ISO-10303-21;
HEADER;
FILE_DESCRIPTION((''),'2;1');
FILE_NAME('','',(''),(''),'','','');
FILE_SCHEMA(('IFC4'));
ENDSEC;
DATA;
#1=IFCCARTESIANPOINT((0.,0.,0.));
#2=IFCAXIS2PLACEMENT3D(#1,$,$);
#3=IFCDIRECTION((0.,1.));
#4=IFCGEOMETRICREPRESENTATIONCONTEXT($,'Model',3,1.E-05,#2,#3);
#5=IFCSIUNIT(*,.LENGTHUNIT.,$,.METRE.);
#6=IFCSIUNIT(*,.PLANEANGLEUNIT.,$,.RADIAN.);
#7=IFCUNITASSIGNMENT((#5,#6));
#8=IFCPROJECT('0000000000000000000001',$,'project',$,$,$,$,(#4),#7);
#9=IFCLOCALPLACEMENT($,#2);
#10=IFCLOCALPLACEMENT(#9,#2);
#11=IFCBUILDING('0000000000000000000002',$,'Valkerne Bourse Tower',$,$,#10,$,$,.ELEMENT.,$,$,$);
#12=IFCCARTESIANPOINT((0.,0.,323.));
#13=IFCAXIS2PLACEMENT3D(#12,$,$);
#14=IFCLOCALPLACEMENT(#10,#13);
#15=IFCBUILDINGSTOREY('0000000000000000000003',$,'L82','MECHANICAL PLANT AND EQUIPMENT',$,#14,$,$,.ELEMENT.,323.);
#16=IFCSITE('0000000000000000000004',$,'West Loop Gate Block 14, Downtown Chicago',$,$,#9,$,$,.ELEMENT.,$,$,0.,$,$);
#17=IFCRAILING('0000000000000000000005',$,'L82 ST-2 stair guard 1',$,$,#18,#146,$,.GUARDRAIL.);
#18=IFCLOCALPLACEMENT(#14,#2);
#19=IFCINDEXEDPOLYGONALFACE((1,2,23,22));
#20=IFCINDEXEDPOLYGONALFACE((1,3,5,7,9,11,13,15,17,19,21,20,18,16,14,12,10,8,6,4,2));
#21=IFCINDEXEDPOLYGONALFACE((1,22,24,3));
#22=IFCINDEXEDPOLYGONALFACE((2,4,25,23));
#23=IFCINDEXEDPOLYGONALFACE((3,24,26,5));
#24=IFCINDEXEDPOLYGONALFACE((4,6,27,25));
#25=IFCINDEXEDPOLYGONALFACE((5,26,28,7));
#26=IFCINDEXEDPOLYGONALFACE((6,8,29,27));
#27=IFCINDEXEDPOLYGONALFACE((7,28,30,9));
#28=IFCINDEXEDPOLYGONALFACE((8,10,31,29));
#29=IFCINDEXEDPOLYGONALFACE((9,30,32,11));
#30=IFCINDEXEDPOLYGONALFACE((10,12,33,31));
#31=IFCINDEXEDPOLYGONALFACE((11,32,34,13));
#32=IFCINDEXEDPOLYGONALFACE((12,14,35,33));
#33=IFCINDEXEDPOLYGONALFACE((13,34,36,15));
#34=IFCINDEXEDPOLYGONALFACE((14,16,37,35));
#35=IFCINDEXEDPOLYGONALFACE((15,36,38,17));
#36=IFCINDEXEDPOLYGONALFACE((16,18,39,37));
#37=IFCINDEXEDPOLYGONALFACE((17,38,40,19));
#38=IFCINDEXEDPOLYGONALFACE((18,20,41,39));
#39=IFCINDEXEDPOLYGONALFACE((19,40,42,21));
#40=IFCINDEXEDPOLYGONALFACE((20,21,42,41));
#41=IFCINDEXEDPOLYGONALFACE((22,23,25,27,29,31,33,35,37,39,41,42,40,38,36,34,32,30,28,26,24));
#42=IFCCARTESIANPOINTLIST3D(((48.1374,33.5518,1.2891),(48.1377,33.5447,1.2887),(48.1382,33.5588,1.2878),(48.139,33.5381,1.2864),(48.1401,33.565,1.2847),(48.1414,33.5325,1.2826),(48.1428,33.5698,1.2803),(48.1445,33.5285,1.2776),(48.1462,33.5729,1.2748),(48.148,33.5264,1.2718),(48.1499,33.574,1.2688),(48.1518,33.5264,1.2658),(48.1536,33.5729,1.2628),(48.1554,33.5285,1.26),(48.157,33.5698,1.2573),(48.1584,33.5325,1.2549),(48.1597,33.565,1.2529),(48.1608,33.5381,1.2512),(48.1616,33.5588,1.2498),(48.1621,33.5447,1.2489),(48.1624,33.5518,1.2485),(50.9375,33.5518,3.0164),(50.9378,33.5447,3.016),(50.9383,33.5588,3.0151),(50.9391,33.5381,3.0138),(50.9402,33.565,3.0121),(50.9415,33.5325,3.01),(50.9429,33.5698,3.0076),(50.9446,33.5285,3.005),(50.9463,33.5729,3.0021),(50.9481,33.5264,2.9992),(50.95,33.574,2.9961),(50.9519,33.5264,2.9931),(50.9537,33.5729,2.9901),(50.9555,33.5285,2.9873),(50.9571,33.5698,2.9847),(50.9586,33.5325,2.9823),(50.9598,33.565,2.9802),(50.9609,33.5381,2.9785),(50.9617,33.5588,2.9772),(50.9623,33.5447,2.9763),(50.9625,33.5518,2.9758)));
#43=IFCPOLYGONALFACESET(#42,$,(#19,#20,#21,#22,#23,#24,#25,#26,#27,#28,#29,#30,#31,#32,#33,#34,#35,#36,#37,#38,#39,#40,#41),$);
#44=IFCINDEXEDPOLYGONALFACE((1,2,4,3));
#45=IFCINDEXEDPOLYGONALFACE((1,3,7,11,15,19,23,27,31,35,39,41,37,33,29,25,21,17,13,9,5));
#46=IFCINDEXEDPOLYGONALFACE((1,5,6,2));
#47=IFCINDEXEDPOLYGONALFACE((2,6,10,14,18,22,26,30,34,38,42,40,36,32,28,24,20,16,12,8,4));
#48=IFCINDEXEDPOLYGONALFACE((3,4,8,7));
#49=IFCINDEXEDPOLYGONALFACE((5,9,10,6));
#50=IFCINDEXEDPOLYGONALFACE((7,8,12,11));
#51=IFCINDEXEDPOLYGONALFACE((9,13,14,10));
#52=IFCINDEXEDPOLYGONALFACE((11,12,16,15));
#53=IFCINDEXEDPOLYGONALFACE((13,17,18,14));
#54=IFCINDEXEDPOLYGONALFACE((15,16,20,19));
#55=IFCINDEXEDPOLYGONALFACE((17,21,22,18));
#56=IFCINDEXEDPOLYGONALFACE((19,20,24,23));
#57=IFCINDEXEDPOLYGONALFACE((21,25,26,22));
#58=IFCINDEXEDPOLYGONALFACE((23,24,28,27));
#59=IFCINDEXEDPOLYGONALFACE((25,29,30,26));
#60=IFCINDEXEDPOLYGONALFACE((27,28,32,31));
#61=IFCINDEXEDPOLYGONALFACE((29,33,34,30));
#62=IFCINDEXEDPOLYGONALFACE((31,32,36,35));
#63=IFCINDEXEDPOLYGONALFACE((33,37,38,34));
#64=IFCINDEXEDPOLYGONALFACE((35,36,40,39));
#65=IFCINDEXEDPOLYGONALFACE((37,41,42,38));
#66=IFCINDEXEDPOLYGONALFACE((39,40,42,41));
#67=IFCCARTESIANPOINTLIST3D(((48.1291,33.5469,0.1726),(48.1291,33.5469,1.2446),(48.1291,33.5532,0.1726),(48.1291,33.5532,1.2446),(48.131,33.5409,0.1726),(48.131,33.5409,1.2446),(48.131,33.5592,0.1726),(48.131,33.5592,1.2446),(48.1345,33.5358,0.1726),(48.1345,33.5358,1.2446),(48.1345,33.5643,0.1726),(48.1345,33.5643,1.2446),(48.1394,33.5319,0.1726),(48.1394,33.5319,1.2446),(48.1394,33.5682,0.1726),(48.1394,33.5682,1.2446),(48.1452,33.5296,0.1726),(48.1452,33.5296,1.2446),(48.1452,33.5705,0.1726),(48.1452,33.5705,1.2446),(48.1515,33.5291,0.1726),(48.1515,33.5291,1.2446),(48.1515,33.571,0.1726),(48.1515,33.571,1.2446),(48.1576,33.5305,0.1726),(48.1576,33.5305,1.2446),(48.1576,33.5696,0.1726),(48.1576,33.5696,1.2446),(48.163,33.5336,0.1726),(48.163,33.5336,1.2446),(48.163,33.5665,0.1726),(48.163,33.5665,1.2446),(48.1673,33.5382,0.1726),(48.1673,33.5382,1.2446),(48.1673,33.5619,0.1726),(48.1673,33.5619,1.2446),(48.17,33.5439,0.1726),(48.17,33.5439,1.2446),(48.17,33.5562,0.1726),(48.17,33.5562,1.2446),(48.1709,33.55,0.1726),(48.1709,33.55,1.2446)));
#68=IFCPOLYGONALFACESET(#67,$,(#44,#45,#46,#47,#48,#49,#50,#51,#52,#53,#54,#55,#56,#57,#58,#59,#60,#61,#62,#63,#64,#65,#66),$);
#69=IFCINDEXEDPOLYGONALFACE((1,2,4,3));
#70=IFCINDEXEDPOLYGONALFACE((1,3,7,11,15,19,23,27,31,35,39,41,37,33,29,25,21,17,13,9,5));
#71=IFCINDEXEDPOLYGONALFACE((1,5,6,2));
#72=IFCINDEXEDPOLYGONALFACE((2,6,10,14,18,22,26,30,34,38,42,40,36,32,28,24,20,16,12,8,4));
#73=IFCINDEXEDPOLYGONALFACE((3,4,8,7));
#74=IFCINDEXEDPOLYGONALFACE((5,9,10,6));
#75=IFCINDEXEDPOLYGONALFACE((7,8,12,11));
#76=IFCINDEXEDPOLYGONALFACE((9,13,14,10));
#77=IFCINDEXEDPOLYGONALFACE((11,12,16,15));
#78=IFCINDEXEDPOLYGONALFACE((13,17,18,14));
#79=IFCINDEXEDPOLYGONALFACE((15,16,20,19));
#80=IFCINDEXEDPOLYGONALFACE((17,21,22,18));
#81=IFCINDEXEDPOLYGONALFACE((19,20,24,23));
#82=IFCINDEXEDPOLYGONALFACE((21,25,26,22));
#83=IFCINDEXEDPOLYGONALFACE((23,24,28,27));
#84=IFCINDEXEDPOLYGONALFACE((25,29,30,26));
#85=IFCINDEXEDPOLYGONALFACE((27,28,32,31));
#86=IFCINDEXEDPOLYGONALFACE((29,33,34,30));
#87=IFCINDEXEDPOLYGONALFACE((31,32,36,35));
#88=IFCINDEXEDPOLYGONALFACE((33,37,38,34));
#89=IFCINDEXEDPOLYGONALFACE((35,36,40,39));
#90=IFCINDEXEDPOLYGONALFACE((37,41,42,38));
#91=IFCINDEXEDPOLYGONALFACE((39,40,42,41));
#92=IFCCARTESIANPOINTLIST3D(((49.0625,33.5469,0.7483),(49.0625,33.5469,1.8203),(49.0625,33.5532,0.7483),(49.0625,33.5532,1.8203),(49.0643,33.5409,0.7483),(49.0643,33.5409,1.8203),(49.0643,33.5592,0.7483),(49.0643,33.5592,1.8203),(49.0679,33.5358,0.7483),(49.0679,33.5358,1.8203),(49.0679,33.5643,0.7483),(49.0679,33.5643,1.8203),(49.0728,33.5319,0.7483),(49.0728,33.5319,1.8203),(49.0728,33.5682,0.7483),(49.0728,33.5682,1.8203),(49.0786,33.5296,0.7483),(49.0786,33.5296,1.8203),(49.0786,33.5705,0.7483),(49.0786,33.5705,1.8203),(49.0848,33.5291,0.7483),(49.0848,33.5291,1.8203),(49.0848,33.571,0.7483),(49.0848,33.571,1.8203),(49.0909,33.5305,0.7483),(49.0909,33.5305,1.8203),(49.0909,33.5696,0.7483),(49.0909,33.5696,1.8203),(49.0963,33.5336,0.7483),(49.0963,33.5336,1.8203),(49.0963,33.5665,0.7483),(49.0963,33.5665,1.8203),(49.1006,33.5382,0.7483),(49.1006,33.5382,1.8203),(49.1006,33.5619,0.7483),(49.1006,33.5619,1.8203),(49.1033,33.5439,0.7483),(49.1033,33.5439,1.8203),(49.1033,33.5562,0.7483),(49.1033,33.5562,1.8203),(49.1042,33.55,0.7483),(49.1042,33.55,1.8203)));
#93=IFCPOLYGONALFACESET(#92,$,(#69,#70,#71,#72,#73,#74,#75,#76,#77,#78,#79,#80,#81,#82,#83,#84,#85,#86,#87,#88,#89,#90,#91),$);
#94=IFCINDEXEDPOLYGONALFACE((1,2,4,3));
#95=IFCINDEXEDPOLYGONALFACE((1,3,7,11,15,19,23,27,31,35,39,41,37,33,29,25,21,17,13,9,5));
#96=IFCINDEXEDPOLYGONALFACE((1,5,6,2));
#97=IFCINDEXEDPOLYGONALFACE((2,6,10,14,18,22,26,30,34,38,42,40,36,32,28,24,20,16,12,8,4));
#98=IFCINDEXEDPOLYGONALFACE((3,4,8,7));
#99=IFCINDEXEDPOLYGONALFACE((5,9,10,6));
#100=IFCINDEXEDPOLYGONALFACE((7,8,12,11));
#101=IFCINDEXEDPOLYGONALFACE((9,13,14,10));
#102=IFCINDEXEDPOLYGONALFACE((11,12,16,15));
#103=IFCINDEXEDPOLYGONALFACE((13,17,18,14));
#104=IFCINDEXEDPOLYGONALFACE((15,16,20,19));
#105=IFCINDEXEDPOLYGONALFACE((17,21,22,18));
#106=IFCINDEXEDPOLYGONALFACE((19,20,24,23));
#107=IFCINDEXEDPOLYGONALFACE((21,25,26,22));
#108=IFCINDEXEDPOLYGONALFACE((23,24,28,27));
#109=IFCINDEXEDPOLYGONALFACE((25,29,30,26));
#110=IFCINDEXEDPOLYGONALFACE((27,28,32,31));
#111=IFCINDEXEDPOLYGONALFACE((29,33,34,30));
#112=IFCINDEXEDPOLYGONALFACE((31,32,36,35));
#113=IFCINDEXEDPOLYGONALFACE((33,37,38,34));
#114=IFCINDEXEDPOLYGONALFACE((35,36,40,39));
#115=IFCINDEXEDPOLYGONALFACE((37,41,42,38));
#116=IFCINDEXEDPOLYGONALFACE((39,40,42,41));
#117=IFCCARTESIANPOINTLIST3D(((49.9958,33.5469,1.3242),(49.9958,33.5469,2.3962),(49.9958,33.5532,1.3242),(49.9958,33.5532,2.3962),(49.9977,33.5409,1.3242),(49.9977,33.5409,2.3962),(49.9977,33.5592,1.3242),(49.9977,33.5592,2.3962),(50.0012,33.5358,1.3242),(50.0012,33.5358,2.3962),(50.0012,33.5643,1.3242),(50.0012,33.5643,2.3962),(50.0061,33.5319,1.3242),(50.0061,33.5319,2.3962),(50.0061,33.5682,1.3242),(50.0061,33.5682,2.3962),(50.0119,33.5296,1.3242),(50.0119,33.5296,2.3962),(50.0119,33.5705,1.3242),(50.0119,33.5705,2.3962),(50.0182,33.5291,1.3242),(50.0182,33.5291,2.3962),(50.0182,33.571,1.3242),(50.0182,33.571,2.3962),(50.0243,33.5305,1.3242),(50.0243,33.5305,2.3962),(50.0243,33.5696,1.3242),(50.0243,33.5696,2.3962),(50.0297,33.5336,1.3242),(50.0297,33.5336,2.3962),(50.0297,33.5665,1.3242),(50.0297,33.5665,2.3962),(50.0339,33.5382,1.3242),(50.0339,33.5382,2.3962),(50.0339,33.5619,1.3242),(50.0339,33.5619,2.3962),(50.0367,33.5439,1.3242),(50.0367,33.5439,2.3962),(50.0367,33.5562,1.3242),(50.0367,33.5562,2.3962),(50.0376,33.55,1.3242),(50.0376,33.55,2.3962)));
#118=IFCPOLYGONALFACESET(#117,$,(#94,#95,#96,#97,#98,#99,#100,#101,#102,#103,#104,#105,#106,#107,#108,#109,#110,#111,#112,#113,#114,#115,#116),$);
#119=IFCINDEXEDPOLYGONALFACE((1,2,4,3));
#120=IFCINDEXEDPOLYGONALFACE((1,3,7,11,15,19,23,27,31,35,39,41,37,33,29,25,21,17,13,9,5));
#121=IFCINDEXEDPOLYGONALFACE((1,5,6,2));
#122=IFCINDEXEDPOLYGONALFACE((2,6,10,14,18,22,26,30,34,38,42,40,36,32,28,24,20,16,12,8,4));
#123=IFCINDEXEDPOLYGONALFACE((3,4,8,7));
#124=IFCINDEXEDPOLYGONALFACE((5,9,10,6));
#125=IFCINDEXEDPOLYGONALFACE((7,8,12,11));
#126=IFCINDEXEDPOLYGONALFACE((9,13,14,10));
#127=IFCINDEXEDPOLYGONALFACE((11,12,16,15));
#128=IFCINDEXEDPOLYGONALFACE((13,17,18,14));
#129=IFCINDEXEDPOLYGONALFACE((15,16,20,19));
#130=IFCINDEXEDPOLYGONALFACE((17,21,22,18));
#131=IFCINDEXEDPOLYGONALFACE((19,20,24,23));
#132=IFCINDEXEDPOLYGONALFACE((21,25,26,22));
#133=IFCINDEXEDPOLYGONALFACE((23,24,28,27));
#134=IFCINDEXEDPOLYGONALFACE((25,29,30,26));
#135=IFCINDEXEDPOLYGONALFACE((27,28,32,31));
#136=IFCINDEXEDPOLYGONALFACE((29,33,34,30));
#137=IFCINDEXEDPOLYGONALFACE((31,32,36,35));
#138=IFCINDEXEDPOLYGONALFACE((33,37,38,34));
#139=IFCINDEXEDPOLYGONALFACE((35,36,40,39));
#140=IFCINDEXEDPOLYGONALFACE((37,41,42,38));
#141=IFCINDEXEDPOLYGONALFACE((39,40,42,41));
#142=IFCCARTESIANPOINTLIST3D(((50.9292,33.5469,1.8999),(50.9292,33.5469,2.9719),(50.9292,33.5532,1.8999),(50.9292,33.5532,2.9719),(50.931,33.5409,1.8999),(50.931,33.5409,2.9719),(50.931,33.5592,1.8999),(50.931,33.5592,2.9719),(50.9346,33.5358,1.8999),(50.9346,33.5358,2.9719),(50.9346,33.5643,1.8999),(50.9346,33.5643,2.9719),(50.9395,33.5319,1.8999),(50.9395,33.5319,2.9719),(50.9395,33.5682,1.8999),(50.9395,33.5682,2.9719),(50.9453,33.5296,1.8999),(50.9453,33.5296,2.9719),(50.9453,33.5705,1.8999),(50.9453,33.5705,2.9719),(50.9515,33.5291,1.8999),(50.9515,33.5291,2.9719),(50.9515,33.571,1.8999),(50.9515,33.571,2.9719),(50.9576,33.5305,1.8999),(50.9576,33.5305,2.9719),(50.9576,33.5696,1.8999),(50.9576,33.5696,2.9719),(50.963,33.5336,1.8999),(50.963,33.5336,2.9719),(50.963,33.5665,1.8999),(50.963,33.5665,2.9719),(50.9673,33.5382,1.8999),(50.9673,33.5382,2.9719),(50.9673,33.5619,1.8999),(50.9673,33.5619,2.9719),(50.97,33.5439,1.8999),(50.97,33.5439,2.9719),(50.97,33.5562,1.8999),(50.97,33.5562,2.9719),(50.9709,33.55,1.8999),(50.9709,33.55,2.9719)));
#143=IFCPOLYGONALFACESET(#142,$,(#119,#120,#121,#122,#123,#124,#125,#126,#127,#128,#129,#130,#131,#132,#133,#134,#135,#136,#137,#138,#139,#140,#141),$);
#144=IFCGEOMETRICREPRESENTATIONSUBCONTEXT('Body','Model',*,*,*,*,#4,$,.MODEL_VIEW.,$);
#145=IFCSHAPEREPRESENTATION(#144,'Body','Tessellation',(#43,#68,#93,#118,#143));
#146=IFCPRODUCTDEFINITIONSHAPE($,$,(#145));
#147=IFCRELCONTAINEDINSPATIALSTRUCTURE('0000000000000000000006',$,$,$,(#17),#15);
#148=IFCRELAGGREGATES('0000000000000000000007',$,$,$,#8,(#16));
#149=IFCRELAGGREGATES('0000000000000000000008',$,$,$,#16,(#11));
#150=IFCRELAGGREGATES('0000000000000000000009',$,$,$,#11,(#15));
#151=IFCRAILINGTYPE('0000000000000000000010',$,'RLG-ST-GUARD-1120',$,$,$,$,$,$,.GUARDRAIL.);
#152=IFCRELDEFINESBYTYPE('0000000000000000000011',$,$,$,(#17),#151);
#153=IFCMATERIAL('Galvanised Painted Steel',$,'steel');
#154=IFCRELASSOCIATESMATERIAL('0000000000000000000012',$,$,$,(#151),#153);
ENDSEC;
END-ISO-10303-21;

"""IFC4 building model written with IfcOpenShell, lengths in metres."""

from ifc_helpers import new_model, si_unit, direction, frame, origin, origin_2d, place, context, subcontext, project, spatial, circle, extrude, material, type_object, element, save


model = new_model("IFC4")

# Units and contexts
model_context = context("Model", 3, precision=1e-05, world=origin(), true_north=direction((0.0, 1.0)))
body_context = subcontext(model_context, "Body", "Model", "MODEL_VIEW")
ifc_project = project(units=[si_unit("LENGTHUNIT", "METRE"), si_unit("PLANEANGLEUNIT", "RADIAN")], contexts=[model_context])

# Site, building, storey
site_placement = place(None, origin())
site = spatial("IfcSite", under=ifc_project, at=site_placement, Name="West Loop Gate Block 14, Downtown Chicago", CompositionType="ELEMENT", RefElevation=0.0)
building_placement = place(site_placement, origin())
building = spatial("IfcBuilding", under=site, at=building_placement, Name="Valkerne Bourse Tower", CompositionType="ELEMENT")
storey_placement = place(building_placement, frame((0.0, 0.0, 323.0)))
storey = spatial("IfcBuildingStorey", under=building, at=storey_placement, Name="L82", Description="MECHANICAL PLANT AND EQUIPMENT", CompositionType="ELEMENT", Elevation=323.0)

# Railing
ifc_material_1 = material(Name="Galvanised Painted Steel", Category="steel")
railing_type_1 = type_object("IfcRailingType", Name="RLG-ST-GUARD-1120", PredefinedType="GUARDRAIL", material=ifc_material_1)
railing_1_placement = place(storey_placement, frame((48.1499, 33.55, 0.1726)))
element("IfcRailing", 1, at=railing_1_placement, inside=storey, type_object=railing_type_1, Name="L82 ST-2 stair guard 1", PredefinedType="GUARDRAIL", context=body_context, shape_type="SweptSolid", body=[
    extrude(circle(Radius=0.0239, at=origin_2d()), frame((0.0, 0.0, 1.0962), z_axis=(0.85109, 0.0, 0.52502), x_axis=(0.0, 1.0, 0.0)), (0.0, 0.0, 1.0), 3.29),
    extrude(circle(Radius=0.021, at=origin_2d()), origin(), (0.0, 0.0, 1.0), 1.072),
    extrude(circle(Radius=0.021, at=origin_2d()), frame((0.9333, 0.0, 0.5757)), (0.0, 0.0, 1.0), 1.072),
    extrude(circle(Radius=0.021, at=origin_2d()), frame((1.8667, 0.0, 1.1516)), (0.0, 0.0, 1.0), 1.072),
    extrude(circle(Radius=0.021, at=origin_2d()), frame((2.8, 0.0, 1.7273)), (0.0, 0.0, 1.0), 1.072),
])

save(model, "model.ifc")
